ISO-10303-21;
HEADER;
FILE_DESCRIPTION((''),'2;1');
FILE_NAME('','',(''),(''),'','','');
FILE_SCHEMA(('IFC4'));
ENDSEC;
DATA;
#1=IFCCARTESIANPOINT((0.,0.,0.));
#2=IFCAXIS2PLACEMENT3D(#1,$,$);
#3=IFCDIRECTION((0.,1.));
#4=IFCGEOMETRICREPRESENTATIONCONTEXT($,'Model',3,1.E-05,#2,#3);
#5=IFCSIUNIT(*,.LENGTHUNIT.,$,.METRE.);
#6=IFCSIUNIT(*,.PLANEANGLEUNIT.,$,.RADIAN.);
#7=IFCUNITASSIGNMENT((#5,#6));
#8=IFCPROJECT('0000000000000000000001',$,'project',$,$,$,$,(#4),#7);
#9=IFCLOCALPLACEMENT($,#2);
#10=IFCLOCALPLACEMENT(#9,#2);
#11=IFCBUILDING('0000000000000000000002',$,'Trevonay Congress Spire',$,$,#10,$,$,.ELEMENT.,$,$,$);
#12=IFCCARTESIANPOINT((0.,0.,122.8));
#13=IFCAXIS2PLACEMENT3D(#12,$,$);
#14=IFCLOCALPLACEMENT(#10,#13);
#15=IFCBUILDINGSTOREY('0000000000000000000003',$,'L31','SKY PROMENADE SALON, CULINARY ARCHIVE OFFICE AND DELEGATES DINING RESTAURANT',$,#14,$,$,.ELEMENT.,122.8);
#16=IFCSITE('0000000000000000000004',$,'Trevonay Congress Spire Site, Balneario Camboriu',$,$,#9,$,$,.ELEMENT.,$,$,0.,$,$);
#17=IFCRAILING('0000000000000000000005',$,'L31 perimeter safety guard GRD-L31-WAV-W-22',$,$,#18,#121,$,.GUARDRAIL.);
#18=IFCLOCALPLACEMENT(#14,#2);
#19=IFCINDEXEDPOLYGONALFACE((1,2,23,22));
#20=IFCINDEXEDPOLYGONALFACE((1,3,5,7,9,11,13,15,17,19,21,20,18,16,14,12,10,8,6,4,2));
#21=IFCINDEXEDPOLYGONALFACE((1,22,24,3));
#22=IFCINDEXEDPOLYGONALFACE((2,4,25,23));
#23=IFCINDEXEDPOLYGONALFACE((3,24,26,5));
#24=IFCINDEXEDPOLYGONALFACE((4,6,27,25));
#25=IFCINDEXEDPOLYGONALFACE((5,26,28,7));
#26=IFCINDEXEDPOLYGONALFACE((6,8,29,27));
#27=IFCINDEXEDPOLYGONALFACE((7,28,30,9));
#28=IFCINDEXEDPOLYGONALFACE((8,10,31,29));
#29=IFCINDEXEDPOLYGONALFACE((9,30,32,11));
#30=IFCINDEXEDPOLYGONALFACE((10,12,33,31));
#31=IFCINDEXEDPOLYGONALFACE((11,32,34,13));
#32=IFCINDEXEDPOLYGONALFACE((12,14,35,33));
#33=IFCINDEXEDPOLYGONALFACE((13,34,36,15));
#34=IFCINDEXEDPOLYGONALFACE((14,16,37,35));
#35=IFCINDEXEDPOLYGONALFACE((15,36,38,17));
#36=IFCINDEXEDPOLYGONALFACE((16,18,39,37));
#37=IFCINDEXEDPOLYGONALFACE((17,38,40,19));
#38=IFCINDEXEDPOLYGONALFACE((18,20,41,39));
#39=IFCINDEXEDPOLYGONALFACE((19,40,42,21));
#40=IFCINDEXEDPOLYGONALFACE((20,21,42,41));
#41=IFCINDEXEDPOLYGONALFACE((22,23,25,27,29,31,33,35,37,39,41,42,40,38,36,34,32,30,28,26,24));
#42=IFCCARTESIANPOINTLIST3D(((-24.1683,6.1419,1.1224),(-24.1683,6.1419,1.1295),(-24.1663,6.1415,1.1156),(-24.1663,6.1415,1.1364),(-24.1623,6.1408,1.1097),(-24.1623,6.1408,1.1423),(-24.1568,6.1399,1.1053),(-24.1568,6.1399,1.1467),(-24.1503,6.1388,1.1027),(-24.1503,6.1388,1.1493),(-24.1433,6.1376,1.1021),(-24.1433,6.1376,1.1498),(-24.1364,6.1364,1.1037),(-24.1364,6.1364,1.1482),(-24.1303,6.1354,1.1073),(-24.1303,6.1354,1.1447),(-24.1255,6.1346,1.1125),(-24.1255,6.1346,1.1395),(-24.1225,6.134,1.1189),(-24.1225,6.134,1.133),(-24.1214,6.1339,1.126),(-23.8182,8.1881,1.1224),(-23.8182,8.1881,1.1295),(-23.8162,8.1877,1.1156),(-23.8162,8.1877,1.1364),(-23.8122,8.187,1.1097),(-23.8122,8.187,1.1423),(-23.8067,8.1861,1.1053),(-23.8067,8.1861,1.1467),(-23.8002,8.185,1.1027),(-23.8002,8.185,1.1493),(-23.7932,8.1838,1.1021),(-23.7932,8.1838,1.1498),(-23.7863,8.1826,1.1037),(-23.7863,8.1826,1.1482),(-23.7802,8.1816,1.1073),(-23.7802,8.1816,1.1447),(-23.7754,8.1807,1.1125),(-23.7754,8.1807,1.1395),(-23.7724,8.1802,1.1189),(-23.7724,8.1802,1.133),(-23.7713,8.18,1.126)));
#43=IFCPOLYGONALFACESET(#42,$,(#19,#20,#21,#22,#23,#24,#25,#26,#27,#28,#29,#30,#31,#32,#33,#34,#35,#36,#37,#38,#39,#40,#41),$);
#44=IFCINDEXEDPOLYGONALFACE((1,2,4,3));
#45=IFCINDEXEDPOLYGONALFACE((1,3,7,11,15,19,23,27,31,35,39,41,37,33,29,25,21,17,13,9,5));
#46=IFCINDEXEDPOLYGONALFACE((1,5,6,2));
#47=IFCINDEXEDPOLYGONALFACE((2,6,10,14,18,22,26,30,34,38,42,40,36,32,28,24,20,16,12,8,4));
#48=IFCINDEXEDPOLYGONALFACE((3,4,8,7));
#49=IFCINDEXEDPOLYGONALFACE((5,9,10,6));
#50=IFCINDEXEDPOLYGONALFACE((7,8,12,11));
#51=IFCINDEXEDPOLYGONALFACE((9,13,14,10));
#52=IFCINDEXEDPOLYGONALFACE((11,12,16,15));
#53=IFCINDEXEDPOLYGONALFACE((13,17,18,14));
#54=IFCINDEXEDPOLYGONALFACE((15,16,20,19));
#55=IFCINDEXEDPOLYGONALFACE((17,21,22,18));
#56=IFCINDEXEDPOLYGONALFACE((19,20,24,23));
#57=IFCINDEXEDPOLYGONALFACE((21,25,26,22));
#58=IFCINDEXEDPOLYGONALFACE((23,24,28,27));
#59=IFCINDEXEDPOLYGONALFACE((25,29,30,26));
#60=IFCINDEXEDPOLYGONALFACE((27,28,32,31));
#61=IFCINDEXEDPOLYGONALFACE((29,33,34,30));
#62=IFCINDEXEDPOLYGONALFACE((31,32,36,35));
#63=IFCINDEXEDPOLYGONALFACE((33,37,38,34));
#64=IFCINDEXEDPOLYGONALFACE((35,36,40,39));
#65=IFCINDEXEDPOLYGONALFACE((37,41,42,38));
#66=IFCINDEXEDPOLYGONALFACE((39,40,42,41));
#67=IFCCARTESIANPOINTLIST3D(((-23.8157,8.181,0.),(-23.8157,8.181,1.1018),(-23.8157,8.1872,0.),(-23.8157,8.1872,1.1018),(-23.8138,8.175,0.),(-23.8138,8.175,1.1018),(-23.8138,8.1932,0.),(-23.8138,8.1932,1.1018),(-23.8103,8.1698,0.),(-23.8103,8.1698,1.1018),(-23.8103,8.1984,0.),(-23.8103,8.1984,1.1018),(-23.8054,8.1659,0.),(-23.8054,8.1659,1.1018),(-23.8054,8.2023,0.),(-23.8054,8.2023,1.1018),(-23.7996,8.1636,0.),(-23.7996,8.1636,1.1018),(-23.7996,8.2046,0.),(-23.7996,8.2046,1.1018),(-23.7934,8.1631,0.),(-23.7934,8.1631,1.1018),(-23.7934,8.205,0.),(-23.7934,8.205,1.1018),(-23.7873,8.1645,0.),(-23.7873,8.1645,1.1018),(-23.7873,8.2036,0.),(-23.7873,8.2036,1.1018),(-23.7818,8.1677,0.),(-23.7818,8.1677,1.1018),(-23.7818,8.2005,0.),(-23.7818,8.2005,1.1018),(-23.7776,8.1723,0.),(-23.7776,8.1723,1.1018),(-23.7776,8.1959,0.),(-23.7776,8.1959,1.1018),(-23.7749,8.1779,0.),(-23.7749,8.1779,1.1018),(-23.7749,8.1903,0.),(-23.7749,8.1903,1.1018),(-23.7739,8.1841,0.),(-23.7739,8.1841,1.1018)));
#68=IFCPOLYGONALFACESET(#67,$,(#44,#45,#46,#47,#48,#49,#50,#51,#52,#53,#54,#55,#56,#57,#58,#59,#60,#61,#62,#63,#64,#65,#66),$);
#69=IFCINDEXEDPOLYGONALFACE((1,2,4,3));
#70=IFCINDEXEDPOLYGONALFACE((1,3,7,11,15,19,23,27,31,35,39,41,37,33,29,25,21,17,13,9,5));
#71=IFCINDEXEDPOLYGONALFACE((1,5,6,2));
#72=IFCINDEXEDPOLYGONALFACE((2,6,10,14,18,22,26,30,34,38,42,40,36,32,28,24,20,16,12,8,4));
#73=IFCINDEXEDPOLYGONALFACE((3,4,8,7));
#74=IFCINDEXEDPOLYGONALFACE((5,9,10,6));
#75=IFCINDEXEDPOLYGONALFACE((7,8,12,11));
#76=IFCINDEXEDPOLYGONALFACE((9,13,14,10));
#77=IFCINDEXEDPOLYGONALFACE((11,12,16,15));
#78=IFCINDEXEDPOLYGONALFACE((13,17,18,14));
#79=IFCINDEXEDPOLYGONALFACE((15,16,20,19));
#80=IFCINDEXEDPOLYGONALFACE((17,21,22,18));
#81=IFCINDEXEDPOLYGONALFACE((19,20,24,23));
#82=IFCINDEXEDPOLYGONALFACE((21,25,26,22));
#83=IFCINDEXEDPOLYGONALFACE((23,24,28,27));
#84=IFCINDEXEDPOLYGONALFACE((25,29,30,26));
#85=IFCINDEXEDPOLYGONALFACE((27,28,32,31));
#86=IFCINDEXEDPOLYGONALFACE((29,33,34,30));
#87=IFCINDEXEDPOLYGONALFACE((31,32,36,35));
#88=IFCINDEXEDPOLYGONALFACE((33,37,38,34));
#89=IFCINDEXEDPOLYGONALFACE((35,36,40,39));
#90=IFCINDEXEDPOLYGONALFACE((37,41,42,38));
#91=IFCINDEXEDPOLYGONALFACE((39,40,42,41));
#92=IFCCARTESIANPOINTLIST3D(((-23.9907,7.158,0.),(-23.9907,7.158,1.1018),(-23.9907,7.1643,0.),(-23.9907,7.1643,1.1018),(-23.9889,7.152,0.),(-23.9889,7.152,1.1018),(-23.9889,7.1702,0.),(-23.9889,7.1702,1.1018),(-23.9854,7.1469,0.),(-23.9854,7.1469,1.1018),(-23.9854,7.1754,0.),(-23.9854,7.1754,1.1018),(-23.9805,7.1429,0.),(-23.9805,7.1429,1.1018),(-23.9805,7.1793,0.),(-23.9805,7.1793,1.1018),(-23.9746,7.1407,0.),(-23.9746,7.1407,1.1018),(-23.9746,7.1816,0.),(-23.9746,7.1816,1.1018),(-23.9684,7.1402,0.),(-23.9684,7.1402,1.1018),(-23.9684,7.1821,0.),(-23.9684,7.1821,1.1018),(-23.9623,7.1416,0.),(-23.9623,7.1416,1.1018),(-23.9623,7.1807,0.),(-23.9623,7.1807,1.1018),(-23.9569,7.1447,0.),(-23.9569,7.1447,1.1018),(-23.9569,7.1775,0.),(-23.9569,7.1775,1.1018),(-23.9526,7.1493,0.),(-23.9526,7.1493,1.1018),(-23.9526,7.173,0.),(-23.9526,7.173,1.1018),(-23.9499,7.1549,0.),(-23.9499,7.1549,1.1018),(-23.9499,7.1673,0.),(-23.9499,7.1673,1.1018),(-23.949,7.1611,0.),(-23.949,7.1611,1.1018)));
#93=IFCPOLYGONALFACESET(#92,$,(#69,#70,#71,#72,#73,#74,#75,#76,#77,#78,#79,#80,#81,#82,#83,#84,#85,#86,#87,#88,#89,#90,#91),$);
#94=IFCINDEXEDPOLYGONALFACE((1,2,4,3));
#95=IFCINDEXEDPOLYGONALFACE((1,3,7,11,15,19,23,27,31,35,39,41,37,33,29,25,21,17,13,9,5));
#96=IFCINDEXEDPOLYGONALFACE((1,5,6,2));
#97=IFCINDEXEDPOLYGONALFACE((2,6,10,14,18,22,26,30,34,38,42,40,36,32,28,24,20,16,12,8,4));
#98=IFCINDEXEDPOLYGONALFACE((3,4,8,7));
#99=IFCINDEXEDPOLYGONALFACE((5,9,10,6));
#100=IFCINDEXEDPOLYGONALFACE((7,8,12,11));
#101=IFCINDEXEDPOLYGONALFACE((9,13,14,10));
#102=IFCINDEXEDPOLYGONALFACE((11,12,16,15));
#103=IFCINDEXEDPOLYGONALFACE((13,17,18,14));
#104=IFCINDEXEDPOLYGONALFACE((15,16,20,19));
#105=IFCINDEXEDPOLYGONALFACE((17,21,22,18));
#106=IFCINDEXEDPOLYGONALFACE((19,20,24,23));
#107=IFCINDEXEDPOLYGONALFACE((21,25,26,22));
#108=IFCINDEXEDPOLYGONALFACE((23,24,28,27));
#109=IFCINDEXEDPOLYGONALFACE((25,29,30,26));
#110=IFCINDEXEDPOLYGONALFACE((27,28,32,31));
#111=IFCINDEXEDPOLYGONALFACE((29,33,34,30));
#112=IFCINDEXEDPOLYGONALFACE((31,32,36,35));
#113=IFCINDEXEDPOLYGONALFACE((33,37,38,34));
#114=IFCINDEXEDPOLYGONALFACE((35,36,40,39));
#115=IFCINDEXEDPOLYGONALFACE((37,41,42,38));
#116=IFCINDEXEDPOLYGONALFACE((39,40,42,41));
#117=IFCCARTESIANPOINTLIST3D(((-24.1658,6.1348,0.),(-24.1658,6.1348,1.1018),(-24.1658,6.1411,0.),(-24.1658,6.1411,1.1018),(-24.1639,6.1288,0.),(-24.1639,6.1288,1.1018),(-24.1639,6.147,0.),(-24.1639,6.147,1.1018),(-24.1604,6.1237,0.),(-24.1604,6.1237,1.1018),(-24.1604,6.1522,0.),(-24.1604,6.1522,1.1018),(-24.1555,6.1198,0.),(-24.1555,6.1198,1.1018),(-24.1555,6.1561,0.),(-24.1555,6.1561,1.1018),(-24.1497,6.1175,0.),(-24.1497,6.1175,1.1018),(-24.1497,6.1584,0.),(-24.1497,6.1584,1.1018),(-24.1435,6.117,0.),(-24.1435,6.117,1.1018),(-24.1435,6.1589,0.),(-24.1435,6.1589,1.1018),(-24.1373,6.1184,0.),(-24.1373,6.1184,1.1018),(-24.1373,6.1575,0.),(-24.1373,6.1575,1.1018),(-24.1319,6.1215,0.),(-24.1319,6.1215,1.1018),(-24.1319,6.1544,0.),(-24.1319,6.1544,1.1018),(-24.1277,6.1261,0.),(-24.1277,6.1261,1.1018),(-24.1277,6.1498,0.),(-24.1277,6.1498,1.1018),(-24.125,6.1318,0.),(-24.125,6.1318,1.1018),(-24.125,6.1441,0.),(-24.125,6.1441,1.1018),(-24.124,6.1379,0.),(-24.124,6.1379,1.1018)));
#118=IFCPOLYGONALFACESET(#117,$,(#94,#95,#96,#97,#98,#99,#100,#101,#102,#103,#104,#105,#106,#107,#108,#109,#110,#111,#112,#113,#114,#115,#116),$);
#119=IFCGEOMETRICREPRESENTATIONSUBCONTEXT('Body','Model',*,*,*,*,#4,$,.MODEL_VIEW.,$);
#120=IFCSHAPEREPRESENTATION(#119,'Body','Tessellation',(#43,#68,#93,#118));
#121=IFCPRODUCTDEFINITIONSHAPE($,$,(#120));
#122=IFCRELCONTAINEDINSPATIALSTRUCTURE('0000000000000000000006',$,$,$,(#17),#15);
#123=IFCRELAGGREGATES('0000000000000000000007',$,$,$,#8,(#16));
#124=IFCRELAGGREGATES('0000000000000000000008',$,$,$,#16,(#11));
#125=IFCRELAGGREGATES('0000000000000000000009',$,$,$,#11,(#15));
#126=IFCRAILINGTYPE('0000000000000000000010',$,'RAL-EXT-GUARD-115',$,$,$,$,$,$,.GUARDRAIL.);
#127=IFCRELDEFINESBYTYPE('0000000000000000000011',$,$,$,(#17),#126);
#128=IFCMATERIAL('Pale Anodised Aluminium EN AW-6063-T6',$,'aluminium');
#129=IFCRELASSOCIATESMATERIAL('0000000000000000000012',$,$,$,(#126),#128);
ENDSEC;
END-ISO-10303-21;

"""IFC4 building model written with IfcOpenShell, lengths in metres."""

from ifc_helpers import new_model, si_unit, direction, frame, origin, origin_2d, place, context, subcontext, project, spatial, circle, extrude, material, type_object, element, save


model = new_model("IFC4")

# Units and contexts
model_context = context("Model", 3, precision=1e-05, world=origin(), true_north=direction((0.0, 1.0)))
body_context = subcontext(model_context, "Body", "Model", "MODEL_VIEW")
ifc_project = project(units=[si_unit("LENGTHUNIT", "METRE"), si_unit("PLANEANGLEUNIT", "RADIAN")], contexts=[model_context])

# Site, building, storey
site_placement = place(None, origin())
site = spatial("IfcSite", under=ifc_project, at=site_placement, Name="Trevonay Congress Spire Site, Balneario Camboriu", CompositionType="ELEMENT", RefElevation=0.0)
building_placement = place(site_placement, origin())
building = spatial("IfcBuilding", under=site, at=building_placement, Name="Trevonay Congress Spire", CompositionType="ELEMENT")
storey_placement = place(building_placement, frame((0.0, 0.0, 122.8)))
storey = spatial("IfcBuildingStorey", under=building, at=storey_placement, Name="L31", Description="SKY PROMENADE SALON, CULINARY ARCHIVE OFFICE AND DELEGATES DINING RESTAURANT", CompositionType="ELEMENT", Elevation=122.8)

# Shared definitions
ifc_material_1 = material(Name="Pale Anodised Aluminium EN AW-6063-T6", Category="aluminium")

# Railing
railing_type = type_object("IfcRailingType", Name="RAL-EXT-GUARD-115", PredefinedType="GUARDRAIL", material=ifc_material_1)
railing_1_placement = place(storey_placement, frame((-23.7949, 8.1841, 0.0)))
element("IfcRailing", 1, at=railing_1_placement, inside=storey, type_object=railing_type, Name="L31 perimeter safety guard GRD-L31-WAV-W-22", PredefinedType="GUARDRAIL", context=body_context, shape_type="SweptSolid", body=[
    extrude(circle(Radius=0.0239, at=origin_2d()), frame((0.0, 0.0, 1.126), z_axis=(-0.16865, -0.985676, 0.0), x_axis=(0.985676, -0.16865, 0.0)), (0.0, 0.0, 1.0), 2.0759),
    extrude(circle(Radius=0.021, at=origin_2d()), origin(), (0.0, 0.0, 1.0), 1.1018),
    extrude(circle(Radius=0.021, at=origin_2d()), frame((-0.175, -1.0229, 0.0)), (0.0, 0.0, 1.0), 1.1018),
    extrude(circle(Radius=0.021, at=origin_2d()), frame((-0.3501, -2.0461, 0.0)), (0.0, 0.0, 1.0), 1.1018),
])

save(model, "model.ifc")
